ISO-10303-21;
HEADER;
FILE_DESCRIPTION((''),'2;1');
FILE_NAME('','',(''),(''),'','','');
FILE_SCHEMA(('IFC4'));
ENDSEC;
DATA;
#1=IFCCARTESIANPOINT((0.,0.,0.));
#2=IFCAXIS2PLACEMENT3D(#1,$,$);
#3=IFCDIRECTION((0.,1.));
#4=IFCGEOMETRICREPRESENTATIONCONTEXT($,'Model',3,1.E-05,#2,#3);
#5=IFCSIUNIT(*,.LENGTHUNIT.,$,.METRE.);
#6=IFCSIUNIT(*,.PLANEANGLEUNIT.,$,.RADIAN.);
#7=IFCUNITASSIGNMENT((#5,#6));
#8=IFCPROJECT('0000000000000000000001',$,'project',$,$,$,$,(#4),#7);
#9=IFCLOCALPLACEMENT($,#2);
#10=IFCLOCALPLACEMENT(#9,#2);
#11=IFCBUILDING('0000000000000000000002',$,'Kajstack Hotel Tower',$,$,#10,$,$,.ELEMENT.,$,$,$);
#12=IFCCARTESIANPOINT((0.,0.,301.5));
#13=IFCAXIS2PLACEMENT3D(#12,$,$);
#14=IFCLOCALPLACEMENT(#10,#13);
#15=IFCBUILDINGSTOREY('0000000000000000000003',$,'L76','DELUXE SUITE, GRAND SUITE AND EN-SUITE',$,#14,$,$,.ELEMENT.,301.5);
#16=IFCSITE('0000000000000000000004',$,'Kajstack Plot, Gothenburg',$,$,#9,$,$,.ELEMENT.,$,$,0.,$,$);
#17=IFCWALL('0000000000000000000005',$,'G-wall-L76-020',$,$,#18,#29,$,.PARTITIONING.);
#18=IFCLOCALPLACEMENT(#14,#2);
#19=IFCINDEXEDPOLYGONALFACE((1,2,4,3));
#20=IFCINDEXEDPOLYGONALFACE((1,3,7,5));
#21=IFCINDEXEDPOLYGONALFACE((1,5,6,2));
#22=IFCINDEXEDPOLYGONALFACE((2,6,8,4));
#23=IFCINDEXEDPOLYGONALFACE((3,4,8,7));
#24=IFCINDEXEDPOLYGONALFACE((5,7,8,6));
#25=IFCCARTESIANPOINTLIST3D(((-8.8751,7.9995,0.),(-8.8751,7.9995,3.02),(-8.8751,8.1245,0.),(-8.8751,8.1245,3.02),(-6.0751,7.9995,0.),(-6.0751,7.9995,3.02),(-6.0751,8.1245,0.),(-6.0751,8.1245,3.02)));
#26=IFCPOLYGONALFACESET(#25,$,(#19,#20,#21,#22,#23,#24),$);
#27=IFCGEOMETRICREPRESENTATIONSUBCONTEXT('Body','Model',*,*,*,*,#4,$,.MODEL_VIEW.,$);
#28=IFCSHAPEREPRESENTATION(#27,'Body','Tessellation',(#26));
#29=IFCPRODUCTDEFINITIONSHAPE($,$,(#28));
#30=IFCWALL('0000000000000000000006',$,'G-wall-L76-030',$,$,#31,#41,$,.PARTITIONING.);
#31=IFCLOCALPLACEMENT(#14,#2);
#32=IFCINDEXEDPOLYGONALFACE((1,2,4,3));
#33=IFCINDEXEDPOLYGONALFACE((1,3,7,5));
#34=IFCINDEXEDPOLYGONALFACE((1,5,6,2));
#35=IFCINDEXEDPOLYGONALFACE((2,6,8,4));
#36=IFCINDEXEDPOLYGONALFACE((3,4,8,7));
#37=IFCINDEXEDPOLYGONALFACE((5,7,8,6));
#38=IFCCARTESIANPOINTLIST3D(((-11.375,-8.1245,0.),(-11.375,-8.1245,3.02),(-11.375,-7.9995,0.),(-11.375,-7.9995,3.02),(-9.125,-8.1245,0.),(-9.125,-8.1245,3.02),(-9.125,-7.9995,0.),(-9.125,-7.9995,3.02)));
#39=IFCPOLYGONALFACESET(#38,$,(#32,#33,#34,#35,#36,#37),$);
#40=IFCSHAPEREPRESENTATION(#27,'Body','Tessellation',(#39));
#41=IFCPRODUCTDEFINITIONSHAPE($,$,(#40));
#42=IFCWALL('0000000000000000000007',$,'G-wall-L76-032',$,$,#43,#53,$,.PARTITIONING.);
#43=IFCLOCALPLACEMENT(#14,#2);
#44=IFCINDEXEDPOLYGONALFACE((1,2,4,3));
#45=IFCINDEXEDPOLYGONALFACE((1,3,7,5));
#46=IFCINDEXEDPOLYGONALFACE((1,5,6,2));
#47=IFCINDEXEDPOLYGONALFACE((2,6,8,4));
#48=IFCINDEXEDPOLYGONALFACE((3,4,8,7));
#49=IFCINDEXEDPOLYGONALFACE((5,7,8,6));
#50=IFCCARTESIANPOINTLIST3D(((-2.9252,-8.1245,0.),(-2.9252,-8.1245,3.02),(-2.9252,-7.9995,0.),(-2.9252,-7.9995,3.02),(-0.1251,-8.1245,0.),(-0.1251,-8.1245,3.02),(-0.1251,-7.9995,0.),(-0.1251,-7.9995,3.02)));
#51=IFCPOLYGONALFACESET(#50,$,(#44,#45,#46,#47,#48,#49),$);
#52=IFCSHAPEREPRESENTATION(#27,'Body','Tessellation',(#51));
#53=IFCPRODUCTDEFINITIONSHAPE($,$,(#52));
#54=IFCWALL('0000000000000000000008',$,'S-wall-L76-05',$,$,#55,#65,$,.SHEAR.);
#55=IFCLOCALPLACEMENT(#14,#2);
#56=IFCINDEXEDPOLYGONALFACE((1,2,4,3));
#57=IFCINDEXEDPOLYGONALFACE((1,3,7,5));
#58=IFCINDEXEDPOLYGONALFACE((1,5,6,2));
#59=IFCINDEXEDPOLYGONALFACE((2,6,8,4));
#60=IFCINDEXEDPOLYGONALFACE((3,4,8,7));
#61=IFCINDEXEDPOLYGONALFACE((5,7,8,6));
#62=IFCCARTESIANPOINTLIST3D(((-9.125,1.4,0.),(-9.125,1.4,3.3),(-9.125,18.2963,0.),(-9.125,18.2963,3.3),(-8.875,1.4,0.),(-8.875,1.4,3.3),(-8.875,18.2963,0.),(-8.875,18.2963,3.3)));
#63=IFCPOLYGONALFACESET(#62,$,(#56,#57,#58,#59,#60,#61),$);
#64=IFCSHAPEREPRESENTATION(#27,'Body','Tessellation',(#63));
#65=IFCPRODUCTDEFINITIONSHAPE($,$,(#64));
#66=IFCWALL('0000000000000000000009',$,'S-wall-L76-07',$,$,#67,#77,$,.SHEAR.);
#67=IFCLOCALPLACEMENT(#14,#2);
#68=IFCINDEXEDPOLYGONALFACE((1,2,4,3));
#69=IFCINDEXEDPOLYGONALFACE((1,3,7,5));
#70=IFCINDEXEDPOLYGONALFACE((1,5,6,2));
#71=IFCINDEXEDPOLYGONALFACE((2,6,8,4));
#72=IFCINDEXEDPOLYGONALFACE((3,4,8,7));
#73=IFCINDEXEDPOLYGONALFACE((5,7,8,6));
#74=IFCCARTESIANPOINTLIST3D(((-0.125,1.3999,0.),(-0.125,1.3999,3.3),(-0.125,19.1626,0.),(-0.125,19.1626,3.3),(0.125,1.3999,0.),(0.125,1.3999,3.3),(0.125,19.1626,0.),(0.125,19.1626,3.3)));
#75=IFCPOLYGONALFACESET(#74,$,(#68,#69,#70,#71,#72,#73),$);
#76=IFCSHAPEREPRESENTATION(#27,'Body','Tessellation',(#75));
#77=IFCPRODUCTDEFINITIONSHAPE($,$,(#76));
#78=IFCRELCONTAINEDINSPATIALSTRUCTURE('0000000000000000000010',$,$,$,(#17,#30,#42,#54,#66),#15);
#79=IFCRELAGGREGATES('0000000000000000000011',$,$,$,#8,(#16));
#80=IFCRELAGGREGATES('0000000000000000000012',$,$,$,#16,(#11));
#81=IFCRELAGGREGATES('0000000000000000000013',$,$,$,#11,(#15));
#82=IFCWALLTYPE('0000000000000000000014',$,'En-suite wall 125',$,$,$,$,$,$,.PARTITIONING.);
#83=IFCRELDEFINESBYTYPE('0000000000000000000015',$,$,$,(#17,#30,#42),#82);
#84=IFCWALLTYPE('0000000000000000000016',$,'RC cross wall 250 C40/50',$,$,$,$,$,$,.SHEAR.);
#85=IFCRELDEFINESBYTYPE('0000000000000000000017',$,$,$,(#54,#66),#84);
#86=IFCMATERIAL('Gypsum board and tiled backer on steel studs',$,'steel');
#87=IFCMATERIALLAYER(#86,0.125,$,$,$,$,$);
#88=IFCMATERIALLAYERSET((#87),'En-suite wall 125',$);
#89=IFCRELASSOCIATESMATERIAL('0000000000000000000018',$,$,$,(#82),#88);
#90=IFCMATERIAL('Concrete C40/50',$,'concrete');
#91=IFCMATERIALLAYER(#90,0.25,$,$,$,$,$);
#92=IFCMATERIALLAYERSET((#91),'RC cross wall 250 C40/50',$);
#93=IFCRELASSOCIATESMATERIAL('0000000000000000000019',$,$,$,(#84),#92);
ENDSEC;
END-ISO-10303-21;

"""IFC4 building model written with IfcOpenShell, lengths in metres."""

from ifc_helpers import new_model, si_unit, direction, frame, frame_2d, origin, place, context, subcontext, project, spatial, rectangle, extrude, material, layer, layer_set, type_object, element, save


model = new_model("IFC4")

# Units and contexts
model_context = context("Model", 3, precision=1e-05, world=origin(), true_north=direction((0.0, 1.0)))
body_context = subcontext(model_context, "Body", "Model", "MODEL_VIEW")
ifc_project = project(units=[si_unit("LENGTHUNIT", "METRE"), si_unit("PLANEANGLEUNIT", "RADIAN")], contexts=[model_context])

# Site, building, storey
site_placement = place(None, origin())
site = spatial("IfcSite", under=ifc_project, at=site_placement, Name="Kajstack Plot, Gothenburg", CompositionType="ELEMENT", RefElevation=0.0)
building_placement = place(site_placement, origin())
building = spatial("IfcBuilding", under=site, at=building_placement, Name="Kajstack Hotel Tower", CompositionType="ELEMENT")
storey_placement = place(building_placement, frame((0.0, 0.0, 301.5)))
storey = spatial("IfcBuildingStorey", under=building, at=storey_placement, Name="L76", Description="DELUXE SUITE, GRAND SUITE AND EN-SUITE", CompositionType="ELEMENT", Elevation=301.5)

# Shared definitions
ifc_material_1 = material(Name="Concrete C40/50", Category="concrete")

# Shared definitions
ifc_material_2 = material(Name="Gypsum board and tiled backer on steel studs", Category="steel")
ifc_layer_1 = layer(ifc_material_2, 0.125)
ifc_layer_set_1 = layer_set([ifc_layer_1], Name="En-suite wall 125")
wall_type_1 = type_object("IfcWallType", Name="En-suite wall 125", PredefinedType="PARTITIONING", material=ifc_layer_set_1)

# Walls
wall_1_placement = place(storey_placement, frame((-8.875, 8.062, 0.0), z_axis=(0.0, 0.0, 1.0), x_axis=(1.0, 0.0, 0.0)))
element("IfcWall", 1, at=wall_1_placement, inside=storey, type_object=wall_type_1, Name="G-wall-L76-020", PredefinedType="PARTITIONING", context=body_context, shape_type="SweptSolid", body=[
    extrude(rectangle(XDim=2.8, YDim=0.125, at=frame_2d((1.3999, 0.0))), origin(), (0.0, 0.0, 1.0), 3.02),
])
wall_2_placement = place(storey_placement, frame((-11.375, -8.062, 0.0), z_axis=(0.0, 0.0, 1.0), x_axis=(1.0, 0.0, 0.0)))
element("IfcWall", 2, at=wall_2_placement, inside=storey, type_object=wall_type_1, Name="G-wall-L76-030", PredefinedType="PARTITIONING", context=body_context, shape_type="SweptSolid", body=[
    extrude(rectangle(XDim=2.25, YDim=0.125, at=frame_2d((1.125, 0.0))), origin(), (0.0, 0.0, 1.0), 3.02),
])
wall_3_placement = place(storey_placement, frame((-2.925, -8.062, 0.0), z_axis=(0.0, 0.0, 1.0), x_axis=(1.0, 0.0, 0.0)))
element("IfcWall", 3, at=wall_3_placement, inside=storey, type_object=wall_type_1, Name="G-wall-L76-032", PredefinedType="PARTITIONING", context=body_context, shape_type="SweptSolid", body=[
    extrude(rectangle(XDim=2.8, YDim=0.125, at=frame_2d((1.3999, 0.0))), origin(), (0.0, 0.0, 1.0), 3.02),
])
ifc_layer_2 = layer(ifc_material_1, 0.25)
ifc_layer_set_2 = layer_set([ifc_layer_2], Name="RC cross wall 250 C40/50")
wall_type_2 = type_object("IfcWallType", Name="RC cross wall 250 C40/50", PredefinedType="SHEAR", material=ifc_layer_set_2)
wall_4_placement = place(storey_placement, frame((-9.0, 1.3999, 0.0), z_axis=(0.0, 0.0, 1.0), x_axis=(0.0, 1.0, 0.0)))
element("IfcWall", 4, at=wall_4_placement, inside=storey, type_object=wall_type_2, Name="S-wall-L76-05", PredefinedType="SHEAR", context=body_context, shape_type="SweptSolid", body=[
    extrude(rectangle(XDim=16.8962, YDim=0.25, at=frame_2d((8.4482, 0.0))), origin(), (0.0, 0.0, 1.0), 3.3),
])
wall_5_placement = place(storey_placement, frame((0.0, 1.3999, 0.0), z_axis=(0.0, 0.0, 1.0), x_axis=(0.0, 1.0, 0.0)))
element("IfcWall", 5, at=wall_5_placement, inside=storey, type_object=wall_type_2, Name="S-wall-L76-07", PredefinedType="SHEAR", context=body_context, shape_type="SweptSolid", body=[
    extrude(rectangle(XDim=17.7627, YDim=0.25, at=frame_2d((8.8813, 0.0))), origin(), (0.0, 0.0, 1.0), 3.3),
])

save(model, "model.ifc")
